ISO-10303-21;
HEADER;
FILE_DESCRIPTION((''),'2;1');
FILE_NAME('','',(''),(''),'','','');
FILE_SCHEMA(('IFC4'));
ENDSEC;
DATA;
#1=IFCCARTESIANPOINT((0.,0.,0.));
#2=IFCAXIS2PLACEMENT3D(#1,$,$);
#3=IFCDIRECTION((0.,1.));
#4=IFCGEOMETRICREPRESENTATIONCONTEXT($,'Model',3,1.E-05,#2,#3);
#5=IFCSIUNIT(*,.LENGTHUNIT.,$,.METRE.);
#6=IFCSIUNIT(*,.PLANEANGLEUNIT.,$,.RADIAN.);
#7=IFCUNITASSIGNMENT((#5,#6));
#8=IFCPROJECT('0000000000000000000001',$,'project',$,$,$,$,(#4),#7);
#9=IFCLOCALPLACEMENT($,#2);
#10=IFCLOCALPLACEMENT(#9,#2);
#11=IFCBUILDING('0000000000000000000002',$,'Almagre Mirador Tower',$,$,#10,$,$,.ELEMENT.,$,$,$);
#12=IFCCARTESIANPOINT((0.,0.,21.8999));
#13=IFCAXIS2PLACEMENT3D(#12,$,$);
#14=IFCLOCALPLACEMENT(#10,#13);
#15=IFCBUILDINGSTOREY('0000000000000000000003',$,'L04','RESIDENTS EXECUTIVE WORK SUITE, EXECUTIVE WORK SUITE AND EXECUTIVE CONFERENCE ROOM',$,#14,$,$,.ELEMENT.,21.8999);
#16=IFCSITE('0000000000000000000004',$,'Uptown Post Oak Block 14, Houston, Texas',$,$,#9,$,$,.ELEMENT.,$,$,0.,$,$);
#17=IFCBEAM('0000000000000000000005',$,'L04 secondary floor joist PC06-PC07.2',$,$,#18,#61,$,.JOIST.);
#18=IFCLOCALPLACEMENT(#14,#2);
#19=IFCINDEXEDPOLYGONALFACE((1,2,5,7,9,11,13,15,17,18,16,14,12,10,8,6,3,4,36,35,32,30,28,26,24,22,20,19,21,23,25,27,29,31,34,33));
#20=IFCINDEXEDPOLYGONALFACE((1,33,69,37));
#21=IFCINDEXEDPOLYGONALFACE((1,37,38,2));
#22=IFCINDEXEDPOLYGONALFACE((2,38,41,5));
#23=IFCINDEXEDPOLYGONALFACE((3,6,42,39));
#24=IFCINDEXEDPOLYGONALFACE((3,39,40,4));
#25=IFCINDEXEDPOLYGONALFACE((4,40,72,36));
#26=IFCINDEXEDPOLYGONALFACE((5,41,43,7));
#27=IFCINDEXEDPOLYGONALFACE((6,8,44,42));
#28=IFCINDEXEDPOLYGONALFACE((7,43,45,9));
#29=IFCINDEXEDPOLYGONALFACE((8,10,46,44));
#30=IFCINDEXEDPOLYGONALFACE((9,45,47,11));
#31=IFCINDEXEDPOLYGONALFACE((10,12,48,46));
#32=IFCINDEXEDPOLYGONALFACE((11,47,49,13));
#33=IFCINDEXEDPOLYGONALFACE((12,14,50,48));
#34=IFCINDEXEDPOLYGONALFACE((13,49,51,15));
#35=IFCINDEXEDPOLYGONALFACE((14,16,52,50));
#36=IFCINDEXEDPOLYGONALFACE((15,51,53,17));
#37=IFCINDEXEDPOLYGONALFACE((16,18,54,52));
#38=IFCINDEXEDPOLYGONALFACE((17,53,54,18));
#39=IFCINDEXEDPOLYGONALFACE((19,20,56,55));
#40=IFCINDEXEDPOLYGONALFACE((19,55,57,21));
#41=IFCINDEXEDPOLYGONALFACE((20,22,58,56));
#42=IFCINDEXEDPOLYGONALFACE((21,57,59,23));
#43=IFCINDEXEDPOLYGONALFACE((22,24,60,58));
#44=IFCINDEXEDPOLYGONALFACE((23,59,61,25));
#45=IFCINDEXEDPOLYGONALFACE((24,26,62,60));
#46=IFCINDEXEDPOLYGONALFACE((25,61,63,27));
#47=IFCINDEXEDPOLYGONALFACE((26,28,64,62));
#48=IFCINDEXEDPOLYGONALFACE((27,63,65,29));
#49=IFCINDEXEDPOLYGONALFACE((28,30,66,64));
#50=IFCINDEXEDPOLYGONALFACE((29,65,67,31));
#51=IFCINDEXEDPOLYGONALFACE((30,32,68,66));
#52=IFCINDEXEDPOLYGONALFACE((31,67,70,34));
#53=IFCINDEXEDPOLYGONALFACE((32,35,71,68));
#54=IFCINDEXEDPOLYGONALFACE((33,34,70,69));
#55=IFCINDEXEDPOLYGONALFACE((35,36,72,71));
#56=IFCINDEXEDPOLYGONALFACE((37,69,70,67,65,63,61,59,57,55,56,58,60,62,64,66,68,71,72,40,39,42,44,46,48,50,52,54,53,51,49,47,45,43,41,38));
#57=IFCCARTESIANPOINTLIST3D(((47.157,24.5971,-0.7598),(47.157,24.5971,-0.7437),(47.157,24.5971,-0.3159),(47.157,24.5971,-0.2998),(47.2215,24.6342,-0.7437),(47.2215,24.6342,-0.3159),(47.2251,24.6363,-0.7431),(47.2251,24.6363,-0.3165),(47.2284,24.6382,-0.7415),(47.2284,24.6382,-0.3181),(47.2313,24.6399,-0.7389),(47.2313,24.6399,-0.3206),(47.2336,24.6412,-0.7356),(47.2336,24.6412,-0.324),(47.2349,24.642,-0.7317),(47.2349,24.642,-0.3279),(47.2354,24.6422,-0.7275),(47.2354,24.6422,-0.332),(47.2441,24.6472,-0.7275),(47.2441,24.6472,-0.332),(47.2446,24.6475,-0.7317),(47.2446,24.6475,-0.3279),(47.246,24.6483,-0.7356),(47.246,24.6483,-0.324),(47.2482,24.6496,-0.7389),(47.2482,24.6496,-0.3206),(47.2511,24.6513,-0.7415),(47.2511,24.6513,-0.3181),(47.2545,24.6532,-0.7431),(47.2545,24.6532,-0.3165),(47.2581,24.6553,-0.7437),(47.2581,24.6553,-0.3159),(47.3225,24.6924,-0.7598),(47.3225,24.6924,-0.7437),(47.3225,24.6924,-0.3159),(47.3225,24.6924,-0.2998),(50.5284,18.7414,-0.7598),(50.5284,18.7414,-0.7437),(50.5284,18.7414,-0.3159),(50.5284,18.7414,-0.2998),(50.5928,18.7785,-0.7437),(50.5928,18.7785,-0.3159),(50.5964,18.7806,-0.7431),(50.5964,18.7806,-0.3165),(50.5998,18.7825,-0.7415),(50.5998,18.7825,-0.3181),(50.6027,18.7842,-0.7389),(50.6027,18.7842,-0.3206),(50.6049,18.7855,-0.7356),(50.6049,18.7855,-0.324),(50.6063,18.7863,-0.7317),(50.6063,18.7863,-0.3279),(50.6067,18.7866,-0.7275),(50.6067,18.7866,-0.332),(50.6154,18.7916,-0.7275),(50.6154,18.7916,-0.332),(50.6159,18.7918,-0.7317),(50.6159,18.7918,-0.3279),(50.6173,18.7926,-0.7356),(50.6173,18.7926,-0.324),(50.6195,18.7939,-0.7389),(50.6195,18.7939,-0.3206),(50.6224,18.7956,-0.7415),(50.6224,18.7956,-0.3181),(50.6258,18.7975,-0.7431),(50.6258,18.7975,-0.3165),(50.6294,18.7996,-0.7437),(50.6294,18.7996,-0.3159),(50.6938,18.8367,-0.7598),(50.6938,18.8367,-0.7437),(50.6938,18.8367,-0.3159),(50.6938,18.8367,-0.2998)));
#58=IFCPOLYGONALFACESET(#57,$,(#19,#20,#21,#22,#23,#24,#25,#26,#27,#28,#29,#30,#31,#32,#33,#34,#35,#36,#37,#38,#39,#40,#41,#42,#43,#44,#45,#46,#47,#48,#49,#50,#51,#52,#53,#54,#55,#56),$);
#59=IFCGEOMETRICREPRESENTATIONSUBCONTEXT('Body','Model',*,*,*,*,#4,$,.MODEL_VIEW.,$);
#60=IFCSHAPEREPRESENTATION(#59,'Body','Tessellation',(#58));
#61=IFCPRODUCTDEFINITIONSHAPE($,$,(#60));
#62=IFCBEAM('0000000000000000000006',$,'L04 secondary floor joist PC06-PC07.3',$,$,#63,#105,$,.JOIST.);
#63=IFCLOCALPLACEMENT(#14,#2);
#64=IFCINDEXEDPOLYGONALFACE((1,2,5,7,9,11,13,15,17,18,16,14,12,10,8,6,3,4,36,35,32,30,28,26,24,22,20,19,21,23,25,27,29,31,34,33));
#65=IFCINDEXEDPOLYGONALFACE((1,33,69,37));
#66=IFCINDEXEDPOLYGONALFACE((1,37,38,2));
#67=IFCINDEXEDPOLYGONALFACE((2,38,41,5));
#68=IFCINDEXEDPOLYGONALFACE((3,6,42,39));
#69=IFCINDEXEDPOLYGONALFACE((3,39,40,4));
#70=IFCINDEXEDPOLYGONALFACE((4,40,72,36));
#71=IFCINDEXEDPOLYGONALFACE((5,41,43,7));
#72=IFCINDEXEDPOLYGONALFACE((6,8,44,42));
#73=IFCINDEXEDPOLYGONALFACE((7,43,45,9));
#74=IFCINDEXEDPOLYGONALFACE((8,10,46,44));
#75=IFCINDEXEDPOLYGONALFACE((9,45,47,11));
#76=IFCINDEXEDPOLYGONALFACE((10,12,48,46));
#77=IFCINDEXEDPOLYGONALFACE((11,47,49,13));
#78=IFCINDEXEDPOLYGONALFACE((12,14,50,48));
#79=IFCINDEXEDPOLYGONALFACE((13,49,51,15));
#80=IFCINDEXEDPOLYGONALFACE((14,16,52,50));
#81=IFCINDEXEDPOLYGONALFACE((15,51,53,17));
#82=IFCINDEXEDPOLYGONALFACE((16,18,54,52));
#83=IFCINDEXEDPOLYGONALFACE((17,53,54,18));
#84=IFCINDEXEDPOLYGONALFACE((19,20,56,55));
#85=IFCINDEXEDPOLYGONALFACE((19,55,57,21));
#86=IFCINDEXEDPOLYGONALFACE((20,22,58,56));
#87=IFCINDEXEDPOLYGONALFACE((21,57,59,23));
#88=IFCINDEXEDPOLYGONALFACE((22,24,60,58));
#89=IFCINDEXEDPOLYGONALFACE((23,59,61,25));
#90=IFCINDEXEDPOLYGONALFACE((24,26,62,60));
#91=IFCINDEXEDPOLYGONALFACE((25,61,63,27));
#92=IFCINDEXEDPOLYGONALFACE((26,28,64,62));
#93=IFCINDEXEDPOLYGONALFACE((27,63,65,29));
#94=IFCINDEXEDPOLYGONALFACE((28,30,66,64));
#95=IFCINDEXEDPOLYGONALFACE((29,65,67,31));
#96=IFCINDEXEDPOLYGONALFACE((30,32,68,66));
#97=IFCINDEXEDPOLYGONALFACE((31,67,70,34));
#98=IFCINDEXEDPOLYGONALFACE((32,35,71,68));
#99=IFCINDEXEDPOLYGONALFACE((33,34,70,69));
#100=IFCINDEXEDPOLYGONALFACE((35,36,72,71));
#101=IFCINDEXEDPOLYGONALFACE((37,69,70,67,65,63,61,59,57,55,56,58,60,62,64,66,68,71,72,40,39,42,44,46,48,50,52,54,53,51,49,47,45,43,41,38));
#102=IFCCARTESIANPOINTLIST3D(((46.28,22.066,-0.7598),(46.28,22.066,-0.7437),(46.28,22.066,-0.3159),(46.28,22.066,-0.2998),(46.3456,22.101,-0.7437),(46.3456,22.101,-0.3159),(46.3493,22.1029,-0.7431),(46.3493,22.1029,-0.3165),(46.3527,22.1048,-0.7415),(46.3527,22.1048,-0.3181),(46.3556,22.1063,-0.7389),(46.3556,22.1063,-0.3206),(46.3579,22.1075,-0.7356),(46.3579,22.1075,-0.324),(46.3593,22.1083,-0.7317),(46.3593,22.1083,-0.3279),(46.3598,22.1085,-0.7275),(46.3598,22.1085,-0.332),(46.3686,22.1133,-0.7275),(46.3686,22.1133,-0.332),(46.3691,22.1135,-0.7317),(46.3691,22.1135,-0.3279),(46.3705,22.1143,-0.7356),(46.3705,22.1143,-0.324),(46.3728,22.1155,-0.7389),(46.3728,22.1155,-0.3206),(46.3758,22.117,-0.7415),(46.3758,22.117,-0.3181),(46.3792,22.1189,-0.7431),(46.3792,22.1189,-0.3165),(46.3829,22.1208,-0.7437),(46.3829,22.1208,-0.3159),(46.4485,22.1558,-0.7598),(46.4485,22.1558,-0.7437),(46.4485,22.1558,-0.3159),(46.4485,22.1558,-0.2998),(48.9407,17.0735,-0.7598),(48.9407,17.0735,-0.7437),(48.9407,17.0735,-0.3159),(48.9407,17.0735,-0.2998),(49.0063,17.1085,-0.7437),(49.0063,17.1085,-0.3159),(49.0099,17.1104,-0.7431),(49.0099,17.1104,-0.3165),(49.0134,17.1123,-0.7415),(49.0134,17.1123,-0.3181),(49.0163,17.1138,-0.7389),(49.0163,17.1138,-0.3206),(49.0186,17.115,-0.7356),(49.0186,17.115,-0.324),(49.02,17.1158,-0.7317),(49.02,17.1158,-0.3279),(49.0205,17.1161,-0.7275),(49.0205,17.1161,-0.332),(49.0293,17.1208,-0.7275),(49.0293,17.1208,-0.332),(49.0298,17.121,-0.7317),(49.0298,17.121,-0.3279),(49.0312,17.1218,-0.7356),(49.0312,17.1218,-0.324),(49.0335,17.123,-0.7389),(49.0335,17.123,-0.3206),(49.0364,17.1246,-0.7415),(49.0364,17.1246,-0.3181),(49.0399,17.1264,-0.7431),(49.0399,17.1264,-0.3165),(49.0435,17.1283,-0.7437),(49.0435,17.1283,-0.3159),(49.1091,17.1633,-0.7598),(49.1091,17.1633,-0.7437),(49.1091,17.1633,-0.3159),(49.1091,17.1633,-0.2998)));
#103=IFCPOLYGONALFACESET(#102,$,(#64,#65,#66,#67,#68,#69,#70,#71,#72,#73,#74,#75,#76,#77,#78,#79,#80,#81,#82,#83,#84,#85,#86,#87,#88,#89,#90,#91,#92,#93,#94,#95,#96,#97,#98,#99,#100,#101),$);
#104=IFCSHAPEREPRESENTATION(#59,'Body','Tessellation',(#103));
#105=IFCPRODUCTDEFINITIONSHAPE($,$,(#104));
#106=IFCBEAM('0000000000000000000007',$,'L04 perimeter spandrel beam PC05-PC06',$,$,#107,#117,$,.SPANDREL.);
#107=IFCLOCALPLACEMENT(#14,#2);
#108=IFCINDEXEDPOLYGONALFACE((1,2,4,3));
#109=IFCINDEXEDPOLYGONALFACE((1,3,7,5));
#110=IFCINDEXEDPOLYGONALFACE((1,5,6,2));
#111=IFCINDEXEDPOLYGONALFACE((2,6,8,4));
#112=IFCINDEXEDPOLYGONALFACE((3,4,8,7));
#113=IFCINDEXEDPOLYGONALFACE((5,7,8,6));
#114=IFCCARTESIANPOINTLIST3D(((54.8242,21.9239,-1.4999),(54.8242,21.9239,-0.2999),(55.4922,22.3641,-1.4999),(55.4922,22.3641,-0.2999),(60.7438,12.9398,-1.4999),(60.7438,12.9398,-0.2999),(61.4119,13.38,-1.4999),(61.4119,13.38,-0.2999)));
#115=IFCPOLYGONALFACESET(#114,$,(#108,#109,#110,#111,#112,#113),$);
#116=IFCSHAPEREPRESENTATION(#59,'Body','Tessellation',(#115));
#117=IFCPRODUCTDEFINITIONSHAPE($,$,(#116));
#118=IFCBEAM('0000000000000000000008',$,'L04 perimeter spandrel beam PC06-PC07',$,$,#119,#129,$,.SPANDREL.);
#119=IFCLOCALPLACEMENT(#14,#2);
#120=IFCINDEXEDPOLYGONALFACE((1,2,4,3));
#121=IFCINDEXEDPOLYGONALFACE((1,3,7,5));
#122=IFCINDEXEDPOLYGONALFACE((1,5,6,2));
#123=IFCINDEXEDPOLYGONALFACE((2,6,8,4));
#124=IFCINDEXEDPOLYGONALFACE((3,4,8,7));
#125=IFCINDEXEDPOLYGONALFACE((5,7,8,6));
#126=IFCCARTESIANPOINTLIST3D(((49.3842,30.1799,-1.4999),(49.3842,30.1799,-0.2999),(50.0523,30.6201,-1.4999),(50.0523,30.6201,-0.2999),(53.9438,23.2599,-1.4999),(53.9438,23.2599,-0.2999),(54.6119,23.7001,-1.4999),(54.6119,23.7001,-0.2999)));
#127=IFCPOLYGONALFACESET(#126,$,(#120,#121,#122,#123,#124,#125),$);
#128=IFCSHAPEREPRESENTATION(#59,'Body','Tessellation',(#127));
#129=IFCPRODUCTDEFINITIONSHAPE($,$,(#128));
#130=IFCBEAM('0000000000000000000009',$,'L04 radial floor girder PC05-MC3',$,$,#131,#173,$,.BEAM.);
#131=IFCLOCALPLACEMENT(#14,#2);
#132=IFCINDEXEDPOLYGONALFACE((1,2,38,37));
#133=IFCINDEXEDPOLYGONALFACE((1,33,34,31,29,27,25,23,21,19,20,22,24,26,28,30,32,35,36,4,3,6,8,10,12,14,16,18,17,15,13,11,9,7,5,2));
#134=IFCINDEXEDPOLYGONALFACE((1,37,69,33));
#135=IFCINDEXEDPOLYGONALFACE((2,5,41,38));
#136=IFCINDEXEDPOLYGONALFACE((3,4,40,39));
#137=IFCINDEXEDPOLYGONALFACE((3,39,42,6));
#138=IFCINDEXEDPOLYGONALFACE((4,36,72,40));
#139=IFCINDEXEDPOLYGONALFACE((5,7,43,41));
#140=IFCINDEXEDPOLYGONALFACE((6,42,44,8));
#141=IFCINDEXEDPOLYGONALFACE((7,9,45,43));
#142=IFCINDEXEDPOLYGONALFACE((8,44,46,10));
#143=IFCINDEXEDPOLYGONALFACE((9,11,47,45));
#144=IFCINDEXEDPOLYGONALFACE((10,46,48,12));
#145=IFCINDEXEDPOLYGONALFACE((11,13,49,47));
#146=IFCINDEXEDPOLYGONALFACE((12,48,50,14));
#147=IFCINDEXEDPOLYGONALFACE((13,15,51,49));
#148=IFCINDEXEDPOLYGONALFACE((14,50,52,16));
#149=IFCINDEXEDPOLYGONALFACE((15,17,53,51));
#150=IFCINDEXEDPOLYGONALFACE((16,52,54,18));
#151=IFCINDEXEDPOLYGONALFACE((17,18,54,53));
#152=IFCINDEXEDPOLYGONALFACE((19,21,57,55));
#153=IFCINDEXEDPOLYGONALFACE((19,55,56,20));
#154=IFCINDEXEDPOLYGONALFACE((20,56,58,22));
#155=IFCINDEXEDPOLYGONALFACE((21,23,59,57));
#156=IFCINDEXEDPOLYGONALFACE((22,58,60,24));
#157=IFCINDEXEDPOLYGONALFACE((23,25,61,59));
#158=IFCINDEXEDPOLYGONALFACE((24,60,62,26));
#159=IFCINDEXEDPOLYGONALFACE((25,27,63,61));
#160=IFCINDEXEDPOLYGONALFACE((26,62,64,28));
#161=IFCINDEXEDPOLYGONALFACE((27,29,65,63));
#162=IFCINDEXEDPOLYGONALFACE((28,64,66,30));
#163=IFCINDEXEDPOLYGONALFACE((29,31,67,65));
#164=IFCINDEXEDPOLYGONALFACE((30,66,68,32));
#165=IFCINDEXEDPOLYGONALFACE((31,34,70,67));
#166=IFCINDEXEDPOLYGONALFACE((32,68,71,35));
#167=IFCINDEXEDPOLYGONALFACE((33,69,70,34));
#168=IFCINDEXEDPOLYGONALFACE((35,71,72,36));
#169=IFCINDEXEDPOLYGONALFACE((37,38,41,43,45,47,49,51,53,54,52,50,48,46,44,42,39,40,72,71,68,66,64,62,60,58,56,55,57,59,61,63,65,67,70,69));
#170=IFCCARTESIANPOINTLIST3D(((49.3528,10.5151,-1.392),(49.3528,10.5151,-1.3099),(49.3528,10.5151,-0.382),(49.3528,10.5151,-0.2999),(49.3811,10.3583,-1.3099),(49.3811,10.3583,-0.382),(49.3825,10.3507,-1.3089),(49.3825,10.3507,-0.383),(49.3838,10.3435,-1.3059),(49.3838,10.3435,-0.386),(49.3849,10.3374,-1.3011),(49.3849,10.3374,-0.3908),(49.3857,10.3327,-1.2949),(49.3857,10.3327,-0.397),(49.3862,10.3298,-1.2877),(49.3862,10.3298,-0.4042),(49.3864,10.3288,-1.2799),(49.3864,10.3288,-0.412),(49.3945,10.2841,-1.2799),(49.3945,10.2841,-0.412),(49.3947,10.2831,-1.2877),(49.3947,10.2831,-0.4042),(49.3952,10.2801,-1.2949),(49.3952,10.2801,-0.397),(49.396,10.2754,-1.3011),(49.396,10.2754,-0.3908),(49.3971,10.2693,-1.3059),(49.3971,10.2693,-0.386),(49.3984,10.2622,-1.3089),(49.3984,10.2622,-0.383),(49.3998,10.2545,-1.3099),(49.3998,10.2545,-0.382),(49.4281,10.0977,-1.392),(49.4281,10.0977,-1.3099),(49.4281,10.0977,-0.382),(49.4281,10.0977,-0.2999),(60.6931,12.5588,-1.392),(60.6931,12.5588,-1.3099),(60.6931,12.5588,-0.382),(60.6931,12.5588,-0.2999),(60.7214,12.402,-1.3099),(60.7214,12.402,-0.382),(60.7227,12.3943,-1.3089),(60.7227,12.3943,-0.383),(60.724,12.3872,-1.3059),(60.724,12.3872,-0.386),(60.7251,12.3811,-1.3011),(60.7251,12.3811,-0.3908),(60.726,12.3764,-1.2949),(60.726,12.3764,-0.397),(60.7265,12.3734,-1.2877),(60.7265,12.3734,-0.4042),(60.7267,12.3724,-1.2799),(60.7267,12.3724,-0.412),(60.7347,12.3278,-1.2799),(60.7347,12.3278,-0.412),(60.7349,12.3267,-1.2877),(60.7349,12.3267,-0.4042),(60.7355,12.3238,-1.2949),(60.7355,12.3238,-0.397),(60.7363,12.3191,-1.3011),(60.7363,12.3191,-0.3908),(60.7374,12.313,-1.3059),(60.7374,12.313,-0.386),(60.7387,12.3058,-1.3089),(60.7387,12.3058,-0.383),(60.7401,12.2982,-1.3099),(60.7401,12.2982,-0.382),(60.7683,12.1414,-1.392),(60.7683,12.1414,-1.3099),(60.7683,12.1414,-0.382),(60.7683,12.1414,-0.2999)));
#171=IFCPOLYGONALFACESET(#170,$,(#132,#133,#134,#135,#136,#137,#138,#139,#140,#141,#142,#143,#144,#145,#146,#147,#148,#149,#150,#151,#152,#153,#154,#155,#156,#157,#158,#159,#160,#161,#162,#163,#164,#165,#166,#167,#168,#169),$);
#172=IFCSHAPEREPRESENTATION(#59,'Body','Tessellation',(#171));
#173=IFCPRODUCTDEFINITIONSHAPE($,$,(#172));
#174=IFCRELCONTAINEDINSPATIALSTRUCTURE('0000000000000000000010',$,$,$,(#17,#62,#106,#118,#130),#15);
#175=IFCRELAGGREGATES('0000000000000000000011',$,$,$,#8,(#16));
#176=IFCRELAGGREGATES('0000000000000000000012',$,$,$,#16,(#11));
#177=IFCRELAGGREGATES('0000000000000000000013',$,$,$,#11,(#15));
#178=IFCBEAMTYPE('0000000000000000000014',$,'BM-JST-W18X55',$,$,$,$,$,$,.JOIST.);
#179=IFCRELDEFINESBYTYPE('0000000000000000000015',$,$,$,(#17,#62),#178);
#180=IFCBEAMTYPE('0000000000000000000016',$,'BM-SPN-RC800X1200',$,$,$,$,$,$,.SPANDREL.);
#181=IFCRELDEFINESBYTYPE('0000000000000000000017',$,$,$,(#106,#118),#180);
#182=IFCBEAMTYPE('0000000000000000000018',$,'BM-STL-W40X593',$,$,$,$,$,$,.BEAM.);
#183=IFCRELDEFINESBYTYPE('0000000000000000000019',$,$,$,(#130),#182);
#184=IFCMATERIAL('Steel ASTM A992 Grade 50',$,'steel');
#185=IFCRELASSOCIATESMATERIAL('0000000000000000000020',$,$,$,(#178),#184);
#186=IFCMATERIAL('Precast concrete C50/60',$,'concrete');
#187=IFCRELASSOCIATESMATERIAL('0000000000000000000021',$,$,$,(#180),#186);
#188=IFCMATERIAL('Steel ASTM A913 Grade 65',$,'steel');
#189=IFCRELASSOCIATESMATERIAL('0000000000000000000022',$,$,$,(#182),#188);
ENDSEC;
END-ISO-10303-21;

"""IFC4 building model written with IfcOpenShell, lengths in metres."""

from ifc_helpers import new_model, si_unit, direction, frame, origin, origin_2d, place, context, subcontext, project, spatial, rectangle, i_section, extrude, material, material_profile, profile_set, type_object, element, save


model = new_model("IFC4")

# Units and contexts
model_context = context("Model", 3, precision=1e-05, world=origin(), true_north=direction((0.0, 1.0)))
body_context = subcontext(model_context, "Body", "Model", "MODEL_VIEW")
ifc_project = project(units=[si_unit("LENGTHUNIT", "METRE"), si_unit("PLANEANGLEUNIT", "RADIAN")], contexts=[model_context])

# Site, building, storey
site_placement = place(None, origin())
site = spatial("IfcSite", under=ifc_project, at=site_placement, Name="Uptown Post Oak Block 14, Houston, Texas", CompositionType="ELEMENT", RefElevation=0.0)
building_placement = place(site_placement, origin())
building = spatial("IfcBuilding", under=site, at=building_placement, Name="Almagre Mirador Tower", CompositionType="ELEMENT")
storey_placement = place(building_placement, frame((0.0, 0.0, 21.8999)))
storey = spatial("IfcBuildingStorey", under=building, at=storey_placement, Name="L04", Description="RESIDENTS EXECUTIVE WORK SUITE, EXECUTIVE WORK SUITE AND EXECUTIVE CONFERENCE ROOM", CompositionType="ELEMENT", Elevation=21.8999)

# Beams
ifc_material_1 = material(Name="Steel ASTM A992 Grade 50", Category="steel")
ifc_material_profile_1 = material_profile(ifc_material_1, i_section(OverallWidth=0.1909, OverallDepth=0.46, WebThickness=0.01, FlangeThickness=0.0161, FilletRadius=0.0161, at=origin_2d()), Name="W18X55")
ifc_profile_set_1 = profile_set([ifc_material_profile_1], Name="Steel ASTM A992 Grade 50")
beam_type_1 = type_object("IfcBeamType", Name="BM-JST-W18X55", PredefinedType="JOIST", material=ifc_profile_set_1)
beam_1_placement = place(storey_placement, frame((50.6111, 18.7891, -0.5298), z_axis=(-0.49895, 0.866631, 0.0), x_axis=(-0.866631, -0.49895, 0.0)))
element("IfcBeam", 1, at=beam_1_placement, inside=storey, type_object=beam_type_1, Name="L04 secondary floor joist PC06-PC07.2", PredefinedType="JOIST", context=body_context, shape_type="SweptSolid", body=[
    extrude(i_section(OverallWidth=0.1909, OverallDepth=0.46, WebThickness=0.01, FlangeThickness=0.0161, FilletRadius=0.0161, at=origin_2d()), origin(), (0.0, 0.0, 1.0), 6.7568),
])
beam_2_placement = place(storey_placement, frame((49.0249, 17.1184, -0.5298), z_axis=(-0.470315, 0.882499, 0.0), x_axis=(-0.882499, -0.470315, 0.0)))
element("IfcBeam", 2, at=beam_2_placement, inside=storey, type_object=beam_type_1, Name="L04 secondary floor joist PC06-PC07.3", PredefinedType="JOIST", context=body_context, shape_type="SweptSolid", body=[
    extrude(i_section(OverallWidth=0.1909, OverallDepth=0.46, WebThickness=0.01, FlangeThickness=0.0161, FilletRadius=0.0161, at=origin_2d()), origin(), (0.0, 0.0, 1.0), 5.6572),
])
ifc_material_2 = material(Name="Precast concrete C50/60", Category="concrete")
ifc_material_profile_2 = material_profile(ifc_material_2, rectangle(XDim=0.8, YDim=1.2, at=origin_2d()), Name="RC800X1200")
ifc_profile_set_2 = profile_set([ifc_material_profile_2], Name="Precast concrete C50/60")
beam_type_2 = type_object("IfcBeamType", Name="BM-SPN-RC800X1200", PredefinedType="SPANDREL", material=ifc_profile_set_2)
beam_3_placement = place(storey_placement, frame((61.0779, 13.1599, -0.8999), z_axis=(-0.550204, 0.83503, 0.0), x_axis=(-0.83503, -0.550204, 0.0)))
element("IfcBeam", 3, at=beam_3_placement, inside=storey, type_object=beam_type_2, Name="L04 perimeter spandrel beam PC05-PC06", PredefinedType="SPANDREL", context=body_context, shape_type="SweptSolid", body=[
    extrude(rectangle(XDim=0.8, YDim=1.2, at=origin_2d()), origin(), (0.0, 0.0, 1.0), 10.759),
])
beam_4_placement = place(storey_placement, frame((54.2778, 23.48, -0.8999), z_axis=(-0.550205, 0.83503, 0.0), x_axis=(-0.83503, -0.550205, 0.0)))
element("IfcBeam", 4, at=beam_4_placement, inside=storey, type_object=beam_type_2, Name="L04 perimeter spandrel beam PC06-PC07", PredefinedType="SPANDREL", context=body_context, shape_type="SweptSolid", body=[
    extrude(rectangle(XDim=0.8, YDim=1.2, at=origin_2d()), origin(), (0.0, 0.0, 1.0), 8.2871),
])
ifc_material_3 = material(Name="Steel ASTM A913 Grade 65", Category="steel")
ifc_material_profile_3 = material_profile(ifc_material_3, i_section(OverallWidth=0.4241, OverallDepth=1.092, WebThickness=0.0454, FlangeThickness=0.082, FilletRadius=0.03, at=origin_2d()), Name="W40X593")
ifc_profile_set_3 = profile_set([ifc_material_profile_3], Name="Steel ASTM A913 Grade 65")
beam_type_3 = type_object("IfcBeamType", Name="BM-STL-W40X593", PredefinedType="BEAM", material=ifc_profile_set_3)
beam_5_placement = place(storey_placement, frame((60.7307, 12.3501, -0.8459), z_axis=(-0.984146, -0.177358, 0.0), x_axis=(0.177358, -0.984146, 0.0)))
element("IfcBeam", 5, at=beam_5_placement, inside=storey, type_object=beam_type_3, Name="L04 radial floor girder PC05-MC3", PredefinedType="BEAM", context=body_context, shape_type="SweptSolid", body=[
    extrude(i_section(OverallWidth=0.4241, OverallDepth=1.092, WebThickness=0.0454, FlangeThickness=0.082, FilletRadius=0.03, at=origin_2d()), origin(), (0.0, 0.0, 1.0), 11.5229),
])

save(model, "model.ifc")
